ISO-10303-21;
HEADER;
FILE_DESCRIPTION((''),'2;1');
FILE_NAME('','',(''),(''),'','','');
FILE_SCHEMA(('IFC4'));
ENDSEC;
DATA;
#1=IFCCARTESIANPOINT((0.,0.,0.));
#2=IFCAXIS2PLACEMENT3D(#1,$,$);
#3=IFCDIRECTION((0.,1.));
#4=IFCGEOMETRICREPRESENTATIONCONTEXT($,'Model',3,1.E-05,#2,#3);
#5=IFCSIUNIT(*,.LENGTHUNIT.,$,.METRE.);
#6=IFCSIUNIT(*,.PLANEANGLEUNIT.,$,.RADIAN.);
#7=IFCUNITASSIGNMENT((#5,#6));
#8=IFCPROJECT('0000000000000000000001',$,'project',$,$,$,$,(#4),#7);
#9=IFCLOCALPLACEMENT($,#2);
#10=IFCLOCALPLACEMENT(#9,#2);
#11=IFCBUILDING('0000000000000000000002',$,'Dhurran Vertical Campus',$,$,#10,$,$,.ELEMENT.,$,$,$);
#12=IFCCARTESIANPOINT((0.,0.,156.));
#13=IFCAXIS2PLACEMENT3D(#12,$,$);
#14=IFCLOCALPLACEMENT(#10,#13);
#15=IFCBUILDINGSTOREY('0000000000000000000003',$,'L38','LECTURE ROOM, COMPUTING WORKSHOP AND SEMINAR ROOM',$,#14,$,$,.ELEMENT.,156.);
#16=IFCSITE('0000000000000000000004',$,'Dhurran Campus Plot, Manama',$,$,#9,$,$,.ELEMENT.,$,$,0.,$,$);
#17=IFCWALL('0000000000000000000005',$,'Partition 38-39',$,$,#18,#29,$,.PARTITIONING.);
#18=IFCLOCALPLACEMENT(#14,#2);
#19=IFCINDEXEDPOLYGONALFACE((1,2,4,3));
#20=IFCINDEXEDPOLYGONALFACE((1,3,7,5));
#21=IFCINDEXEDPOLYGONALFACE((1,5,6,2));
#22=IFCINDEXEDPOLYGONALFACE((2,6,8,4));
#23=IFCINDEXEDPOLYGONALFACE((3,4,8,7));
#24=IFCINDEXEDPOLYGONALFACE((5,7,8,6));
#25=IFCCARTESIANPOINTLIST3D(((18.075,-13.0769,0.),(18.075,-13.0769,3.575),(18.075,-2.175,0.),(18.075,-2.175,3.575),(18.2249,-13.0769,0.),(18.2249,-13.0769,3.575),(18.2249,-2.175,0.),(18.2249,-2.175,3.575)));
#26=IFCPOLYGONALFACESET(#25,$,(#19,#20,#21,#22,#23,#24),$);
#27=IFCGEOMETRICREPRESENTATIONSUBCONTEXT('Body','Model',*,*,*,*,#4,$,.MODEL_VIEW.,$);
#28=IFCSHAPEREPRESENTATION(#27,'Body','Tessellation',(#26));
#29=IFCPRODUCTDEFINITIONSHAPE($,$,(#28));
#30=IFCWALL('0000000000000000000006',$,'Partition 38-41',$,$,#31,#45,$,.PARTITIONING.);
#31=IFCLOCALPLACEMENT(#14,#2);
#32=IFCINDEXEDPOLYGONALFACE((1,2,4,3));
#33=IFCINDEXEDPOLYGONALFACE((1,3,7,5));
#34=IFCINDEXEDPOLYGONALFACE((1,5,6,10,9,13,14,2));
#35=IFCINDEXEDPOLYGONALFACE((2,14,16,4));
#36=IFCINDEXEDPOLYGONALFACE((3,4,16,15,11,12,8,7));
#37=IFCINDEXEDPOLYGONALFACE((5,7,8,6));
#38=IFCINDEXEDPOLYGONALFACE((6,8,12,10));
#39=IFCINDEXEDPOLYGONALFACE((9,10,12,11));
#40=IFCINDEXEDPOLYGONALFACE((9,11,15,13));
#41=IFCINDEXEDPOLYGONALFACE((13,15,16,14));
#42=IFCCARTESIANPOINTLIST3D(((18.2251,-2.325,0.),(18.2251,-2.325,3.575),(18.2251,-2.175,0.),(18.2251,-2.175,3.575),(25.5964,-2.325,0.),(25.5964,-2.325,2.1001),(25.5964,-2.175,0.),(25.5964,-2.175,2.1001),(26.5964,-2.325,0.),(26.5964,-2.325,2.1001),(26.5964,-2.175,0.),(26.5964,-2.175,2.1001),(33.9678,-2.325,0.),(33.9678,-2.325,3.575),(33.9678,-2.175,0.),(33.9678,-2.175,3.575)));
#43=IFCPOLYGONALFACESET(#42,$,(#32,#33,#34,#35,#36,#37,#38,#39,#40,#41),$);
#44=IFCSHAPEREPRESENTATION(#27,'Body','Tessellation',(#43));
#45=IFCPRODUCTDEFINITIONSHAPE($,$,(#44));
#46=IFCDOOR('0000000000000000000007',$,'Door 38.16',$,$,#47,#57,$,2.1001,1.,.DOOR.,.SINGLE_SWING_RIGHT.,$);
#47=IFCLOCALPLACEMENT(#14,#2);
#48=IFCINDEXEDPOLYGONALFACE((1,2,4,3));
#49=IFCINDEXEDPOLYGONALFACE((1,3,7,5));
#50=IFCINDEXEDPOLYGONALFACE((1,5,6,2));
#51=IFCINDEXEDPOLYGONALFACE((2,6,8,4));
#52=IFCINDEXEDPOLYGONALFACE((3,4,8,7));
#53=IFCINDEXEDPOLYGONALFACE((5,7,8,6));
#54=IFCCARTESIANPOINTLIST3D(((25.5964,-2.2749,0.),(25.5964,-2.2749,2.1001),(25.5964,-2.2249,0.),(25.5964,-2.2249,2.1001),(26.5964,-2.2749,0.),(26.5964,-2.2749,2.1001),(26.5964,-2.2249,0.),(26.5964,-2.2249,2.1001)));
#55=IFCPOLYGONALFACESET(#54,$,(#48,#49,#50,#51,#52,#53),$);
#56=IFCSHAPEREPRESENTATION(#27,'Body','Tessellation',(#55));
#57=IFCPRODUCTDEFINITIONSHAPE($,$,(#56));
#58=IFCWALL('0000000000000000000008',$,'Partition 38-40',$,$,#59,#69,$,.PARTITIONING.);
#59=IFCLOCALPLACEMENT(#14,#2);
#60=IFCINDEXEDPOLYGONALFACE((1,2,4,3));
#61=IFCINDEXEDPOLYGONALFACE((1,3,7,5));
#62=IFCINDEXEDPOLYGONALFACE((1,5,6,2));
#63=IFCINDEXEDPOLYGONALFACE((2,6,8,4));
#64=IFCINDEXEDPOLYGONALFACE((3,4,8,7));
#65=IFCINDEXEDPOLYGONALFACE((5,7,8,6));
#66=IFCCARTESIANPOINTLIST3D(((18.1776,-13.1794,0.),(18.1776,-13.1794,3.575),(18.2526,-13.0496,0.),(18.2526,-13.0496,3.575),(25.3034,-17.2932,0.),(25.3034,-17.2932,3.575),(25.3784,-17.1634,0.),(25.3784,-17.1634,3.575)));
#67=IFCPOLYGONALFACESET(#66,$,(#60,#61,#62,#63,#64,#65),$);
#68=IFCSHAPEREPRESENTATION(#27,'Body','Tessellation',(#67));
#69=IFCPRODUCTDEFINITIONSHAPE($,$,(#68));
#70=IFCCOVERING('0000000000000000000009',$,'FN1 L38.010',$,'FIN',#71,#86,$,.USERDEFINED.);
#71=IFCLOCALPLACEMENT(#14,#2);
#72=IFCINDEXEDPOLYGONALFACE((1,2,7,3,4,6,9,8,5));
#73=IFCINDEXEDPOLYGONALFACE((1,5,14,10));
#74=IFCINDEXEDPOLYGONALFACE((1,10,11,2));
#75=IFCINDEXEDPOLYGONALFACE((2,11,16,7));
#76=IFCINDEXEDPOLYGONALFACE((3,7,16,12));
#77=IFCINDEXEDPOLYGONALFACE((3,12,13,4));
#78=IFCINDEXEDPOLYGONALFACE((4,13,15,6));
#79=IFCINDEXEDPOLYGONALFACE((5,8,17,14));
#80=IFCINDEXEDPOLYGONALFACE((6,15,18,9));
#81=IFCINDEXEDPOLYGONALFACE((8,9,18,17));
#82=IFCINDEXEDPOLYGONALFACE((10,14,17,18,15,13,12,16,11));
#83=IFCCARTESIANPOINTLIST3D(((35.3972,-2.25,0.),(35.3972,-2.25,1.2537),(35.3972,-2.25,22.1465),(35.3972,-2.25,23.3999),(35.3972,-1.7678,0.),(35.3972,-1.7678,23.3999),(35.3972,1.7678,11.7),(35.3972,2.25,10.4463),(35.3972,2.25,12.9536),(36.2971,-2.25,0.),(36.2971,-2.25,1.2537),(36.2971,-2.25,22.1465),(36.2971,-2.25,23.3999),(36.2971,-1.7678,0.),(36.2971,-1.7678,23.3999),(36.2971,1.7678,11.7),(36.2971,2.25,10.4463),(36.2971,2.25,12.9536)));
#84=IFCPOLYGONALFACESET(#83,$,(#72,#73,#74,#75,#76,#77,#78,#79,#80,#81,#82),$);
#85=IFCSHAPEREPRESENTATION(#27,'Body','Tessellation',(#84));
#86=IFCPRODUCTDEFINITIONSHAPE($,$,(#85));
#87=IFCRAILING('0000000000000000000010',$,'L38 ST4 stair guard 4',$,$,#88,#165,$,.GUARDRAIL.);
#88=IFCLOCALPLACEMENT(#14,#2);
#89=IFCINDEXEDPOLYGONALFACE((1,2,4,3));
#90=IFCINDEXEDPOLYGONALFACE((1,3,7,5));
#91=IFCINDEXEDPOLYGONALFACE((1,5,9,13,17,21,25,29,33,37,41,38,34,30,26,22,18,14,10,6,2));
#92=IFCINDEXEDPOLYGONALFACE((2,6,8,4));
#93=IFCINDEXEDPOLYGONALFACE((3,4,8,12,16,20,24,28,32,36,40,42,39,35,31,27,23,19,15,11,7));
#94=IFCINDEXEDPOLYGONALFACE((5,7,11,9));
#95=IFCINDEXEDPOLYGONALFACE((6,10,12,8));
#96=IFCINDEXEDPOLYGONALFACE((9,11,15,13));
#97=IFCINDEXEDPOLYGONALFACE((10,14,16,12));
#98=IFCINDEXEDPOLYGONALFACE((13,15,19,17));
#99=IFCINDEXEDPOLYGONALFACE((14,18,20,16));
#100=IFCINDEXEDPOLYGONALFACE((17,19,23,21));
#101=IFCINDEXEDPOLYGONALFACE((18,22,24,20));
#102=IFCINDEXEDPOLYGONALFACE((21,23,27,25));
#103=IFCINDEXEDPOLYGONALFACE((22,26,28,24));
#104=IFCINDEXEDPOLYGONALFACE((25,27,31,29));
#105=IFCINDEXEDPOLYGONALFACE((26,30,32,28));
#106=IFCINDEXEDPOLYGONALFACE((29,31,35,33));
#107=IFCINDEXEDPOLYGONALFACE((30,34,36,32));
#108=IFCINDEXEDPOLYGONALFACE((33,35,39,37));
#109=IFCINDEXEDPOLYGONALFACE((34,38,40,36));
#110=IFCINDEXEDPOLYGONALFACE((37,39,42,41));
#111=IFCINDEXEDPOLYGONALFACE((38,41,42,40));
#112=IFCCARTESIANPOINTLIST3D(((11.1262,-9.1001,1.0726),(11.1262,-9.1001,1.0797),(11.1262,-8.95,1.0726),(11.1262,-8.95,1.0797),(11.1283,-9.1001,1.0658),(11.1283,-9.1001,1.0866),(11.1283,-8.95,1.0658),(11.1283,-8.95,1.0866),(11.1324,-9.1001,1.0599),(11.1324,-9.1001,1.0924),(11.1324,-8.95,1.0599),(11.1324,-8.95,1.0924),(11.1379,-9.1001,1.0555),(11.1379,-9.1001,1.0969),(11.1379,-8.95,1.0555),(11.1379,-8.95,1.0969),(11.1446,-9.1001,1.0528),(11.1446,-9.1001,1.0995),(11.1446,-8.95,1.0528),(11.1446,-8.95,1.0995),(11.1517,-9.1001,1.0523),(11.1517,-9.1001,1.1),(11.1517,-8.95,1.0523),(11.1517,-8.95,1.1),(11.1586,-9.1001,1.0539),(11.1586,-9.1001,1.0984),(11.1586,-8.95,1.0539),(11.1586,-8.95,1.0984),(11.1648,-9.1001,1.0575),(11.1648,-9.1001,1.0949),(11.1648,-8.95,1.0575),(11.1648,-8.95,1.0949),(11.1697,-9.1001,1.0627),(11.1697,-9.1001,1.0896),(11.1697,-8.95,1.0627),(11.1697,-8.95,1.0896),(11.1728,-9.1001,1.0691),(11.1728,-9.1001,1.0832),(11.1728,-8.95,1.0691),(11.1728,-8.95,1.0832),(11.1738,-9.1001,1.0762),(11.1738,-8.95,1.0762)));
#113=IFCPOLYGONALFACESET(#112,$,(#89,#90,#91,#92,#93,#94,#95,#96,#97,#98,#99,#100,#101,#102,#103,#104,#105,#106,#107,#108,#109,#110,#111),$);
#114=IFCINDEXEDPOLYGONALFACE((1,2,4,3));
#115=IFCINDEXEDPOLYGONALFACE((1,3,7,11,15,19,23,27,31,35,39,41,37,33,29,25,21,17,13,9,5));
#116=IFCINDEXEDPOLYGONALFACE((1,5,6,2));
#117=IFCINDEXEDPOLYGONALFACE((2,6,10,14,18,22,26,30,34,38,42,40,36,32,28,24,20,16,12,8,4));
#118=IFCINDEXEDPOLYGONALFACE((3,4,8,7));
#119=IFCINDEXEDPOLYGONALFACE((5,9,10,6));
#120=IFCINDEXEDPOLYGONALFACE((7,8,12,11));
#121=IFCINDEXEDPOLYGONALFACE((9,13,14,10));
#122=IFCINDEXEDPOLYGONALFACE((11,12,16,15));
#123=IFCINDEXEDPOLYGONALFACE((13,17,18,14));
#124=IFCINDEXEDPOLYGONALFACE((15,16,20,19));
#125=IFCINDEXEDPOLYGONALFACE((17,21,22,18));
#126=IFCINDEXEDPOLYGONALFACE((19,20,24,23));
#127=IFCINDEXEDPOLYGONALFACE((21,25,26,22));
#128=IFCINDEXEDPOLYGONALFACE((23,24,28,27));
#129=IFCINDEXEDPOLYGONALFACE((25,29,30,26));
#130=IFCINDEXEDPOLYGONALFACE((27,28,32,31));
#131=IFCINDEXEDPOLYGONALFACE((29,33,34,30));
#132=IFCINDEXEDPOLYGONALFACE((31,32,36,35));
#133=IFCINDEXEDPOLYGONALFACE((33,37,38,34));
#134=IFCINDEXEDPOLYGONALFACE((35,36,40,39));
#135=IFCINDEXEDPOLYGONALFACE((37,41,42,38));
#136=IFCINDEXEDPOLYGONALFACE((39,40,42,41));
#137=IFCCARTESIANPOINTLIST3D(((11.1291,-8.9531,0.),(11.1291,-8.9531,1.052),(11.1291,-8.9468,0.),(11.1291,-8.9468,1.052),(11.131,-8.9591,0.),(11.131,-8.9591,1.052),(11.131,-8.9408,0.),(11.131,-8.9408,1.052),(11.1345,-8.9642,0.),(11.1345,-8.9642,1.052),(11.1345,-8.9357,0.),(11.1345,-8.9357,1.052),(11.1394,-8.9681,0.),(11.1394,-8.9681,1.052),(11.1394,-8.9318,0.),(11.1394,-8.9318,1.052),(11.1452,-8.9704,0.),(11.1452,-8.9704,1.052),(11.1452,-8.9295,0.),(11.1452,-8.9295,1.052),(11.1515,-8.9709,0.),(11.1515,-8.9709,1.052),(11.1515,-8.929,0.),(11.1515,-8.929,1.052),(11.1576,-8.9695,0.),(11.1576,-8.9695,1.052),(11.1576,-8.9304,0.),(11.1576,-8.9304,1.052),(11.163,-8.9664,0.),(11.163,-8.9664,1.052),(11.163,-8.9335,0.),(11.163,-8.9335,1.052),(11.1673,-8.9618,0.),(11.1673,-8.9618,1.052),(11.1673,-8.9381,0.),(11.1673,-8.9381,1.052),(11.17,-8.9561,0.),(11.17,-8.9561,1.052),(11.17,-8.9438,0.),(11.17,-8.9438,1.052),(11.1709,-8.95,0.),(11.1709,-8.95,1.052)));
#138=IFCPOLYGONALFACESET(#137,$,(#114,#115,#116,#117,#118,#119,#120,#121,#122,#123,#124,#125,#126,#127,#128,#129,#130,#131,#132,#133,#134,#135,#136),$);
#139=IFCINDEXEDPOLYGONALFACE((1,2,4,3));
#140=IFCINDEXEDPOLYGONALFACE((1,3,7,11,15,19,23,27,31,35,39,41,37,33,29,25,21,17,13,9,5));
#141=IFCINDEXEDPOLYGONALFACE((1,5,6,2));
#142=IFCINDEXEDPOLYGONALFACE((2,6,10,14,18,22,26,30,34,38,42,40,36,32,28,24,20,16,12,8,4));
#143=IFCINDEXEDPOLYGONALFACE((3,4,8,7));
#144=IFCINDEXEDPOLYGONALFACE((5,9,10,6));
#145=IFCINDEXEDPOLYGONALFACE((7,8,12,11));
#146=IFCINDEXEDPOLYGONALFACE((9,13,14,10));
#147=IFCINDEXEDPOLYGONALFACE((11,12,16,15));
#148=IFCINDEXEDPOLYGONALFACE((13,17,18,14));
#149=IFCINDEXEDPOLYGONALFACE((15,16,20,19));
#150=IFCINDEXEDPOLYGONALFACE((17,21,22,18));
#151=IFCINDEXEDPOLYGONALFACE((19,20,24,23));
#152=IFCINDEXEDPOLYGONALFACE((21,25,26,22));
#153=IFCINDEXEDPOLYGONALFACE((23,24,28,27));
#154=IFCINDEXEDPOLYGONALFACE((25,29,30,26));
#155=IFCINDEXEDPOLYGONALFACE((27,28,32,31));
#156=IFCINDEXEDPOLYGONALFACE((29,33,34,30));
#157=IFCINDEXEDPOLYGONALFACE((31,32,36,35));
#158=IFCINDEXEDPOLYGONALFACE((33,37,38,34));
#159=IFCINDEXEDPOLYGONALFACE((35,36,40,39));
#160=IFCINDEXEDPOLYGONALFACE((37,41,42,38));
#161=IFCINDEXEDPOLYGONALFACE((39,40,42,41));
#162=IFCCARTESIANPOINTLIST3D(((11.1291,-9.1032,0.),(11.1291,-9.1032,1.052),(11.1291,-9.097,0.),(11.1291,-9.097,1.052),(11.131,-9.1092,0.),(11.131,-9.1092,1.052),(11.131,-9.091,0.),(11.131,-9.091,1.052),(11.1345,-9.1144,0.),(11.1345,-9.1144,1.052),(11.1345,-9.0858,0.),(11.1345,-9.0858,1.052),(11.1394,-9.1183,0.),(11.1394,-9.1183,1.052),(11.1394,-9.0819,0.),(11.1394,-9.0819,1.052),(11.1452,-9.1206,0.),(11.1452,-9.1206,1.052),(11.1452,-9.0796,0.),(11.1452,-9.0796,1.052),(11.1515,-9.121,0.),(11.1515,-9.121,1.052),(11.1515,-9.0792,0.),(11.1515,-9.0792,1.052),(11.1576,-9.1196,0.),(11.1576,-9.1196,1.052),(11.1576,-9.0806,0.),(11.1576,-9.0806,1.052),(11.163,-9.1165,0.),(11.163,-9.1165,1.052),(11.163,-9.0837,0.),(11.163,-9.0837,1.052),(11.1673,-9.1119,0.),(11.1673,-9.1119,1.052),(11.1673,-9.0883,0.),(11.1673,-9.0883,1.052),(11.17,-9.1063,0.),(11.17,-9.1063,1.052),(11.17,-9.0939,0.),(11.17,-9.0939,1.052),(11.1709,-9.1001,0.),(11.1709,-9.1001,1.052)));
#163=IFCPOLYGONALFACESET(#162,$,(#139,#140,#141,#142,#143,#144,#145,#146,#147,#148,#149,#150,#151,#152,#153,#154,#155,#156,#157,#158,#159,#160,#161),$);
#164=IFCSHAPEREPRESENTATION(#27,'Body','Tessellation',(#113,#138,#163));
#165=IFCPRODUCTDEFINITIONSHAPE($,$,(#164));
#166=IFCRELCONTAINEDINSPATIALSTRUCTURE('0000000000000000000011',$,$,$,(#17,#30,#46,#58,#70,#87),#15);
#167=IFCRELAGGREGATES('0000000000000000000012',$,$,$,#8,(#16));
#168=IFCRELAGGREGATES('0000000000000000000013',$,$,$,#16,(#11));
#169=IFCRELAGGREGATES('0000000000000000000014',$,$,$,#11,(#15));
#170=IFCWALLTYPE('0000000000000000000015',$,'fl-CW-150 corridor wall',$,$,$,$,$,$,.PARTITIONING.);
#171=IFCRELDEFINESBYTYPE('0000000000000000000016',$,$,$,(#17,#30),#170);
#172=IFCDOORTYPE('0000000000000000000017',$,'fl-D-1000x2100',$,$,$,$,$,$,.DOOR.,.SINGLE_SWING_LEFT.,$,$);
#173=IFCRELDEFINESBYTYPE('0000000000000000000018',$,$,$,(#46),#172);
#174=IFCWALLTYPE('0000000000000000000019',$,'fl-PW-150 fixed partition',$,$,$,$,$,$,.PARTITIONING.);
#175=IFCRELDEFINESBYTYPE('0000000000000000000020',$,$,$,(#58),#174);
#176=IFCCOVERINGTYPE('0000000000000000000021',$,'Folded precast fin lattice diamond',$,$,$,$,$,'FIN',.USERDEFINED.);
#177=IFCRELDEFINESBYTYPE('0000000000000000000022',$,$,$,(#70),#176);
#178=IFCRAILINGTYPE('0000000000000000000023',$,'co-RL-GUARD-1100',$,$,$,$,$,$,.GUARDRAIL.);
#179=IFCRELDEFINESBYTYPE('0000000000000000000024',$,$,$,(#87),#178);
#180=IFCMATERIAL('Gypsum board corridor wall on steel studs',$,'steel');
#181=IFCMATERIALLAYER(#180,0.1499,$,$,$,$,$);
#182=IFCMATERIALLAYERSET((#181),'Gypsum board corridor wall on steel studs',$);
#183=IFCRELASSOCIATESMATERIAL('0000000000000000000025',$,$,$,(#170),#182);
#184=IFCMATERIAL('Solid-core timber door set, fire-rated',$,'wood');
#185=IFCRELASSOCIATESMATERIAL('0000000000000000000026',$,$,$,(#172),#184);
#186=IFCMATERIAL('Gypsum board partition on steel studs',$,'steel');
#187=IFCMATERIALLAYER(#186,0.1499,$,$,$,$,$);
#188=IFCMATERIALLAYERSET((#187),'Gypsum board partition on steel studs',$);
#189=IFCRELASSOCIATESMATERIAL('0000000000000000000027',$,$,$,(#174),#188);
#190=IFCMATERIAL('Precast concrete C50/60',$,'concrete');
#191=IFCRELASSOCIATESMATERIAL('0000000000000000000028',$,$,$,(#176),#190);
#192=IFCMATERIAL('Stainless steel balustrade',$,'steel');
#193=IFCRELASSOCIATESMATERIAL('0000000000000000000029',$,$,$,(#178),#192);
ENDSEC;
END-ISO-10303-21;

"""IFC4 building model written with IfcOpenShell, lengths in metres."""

from ifc_helpers import new_model, si_unit, direction, frame, frame_2d, origin, origin_2d, place, context, subcontext, project, spatial, polyline, rectangle, circle, outline, extrude, material, layer, layer_set, type_object, element, fill, save


model = new_model("IFC4")

# Units and contexts
model_context = context("Model", 3, precision=1e-05, world=origin(), true_north=direction((0.0, 1.0)))
body_context = subcontext(model_context, "Body", "Model", "MODEL_VIEW")
ifc_project = project(units=[si_unit("LENGTHUNIT", "METRE"), si_unit("PLANEANGLEUNIT", "RADIAN")], contexts=[model_context])

# Site, building, storey
site_placement = place(None, origin())
site = spatial("IfcSite", under=ifc_project, at=site_placement, Name="Dhurran Campus Plot, Manama", CompositionType="ELEMENT", RefElevation=0.0)
building_placement = place(site_placement, origin())
building = spatial("IfcBuilding", under=site, at=building_placement, Name="Dhurran Vertical Campus", CompositionType="ELEMENT")
storey_placement = place(building_placement, frame((0.0, 0.0, 156.0)))
storey = spatial("IfcBuildingStorey", under=building, at=storey_placement, Name="L38", Description="LECTURE ROOM, COMPUTING WORKSHOP AND SEMINAR ROOM", CompositionType="ELEMENT", Elevation=156.0)

# Wall
ifc_material_1 = material(Name="Gypsum board corridor wall on steel studs", Category="steel")
ifc_layer_1 = layer(ifc_material_1, 0.1499)
ifc_layer_set_1 = layer_set([ifc_layer_1], Name="Gypsum board corridor wall on steel studs")
wall_type_1 = type_object("IfcWallType", Name="fl-CW-150 corridor wall", PredefinedType="PARTITIONING", material=ifc_layer_set_1)
wall_1_placement = place(storey_placement, frame((18.1499, -13.0769, 0.0), z_axis=(0.0, 0.0, 1.0), x_axis=(0.0, 1.0, 0.0)))
element("IfcWall", 1, at=wall_1_placement, inside=storey, type_object=wall_type_1, Name="Partition 38-39", PredefinedType="PARTITIONING", context=body_context, shape_type="SweptSolid", body=[
    extrude(rectangle(XDim=10.9019, YDim=0.1499, at=frame_2d((5.4509, 0.0))), origin(), (0.0, 0.0, 1.0), 3.575),
])

# Wall, opening, door
wall_2_placement = place(storey_placement, frame((33.9678, -2.25, 0.0), z_axis=(0.0, 0.0, 1.0), x_axis=(-1.0, 0.0, 0.0)))
wall_2 = element("IfcWall", 2, at=wall_2_placement, inside=storey, type_object=wall_type_1, Name="Partition 38-41", PredefinedType="PARTITIONING", context=body_context, shape_type="SweptSolid", body=[
    extrude(rectangle(XDim=15.7427, YDim=0.1499, at=frame_2d((7.8713, 0.0))), origin(), (0.0, 0.0, 1.0), 3.575),
])
opening_1_placement = place(wall_2_placement, frame((7.3713, 0.0, 0.0)))
opening_1 = element("IfcOpeningElement", 3, at=opening_1_placement, cuts=wall_2, PredefinedType="OPENING", context=body_context, shape_type="SweptSolid", body=[
    extrude(rectangle(XDim=1.0, YDim=2.1001, at=frame_2d((0.5, 1.05))), frame((0.0, 0.085, 0.0), z_axis=(0.0, -1.0, 0.0), x_axis=(1.0, 0.0, 0.0)), (0.0, 0.0, 1.0), 0.1699),
])
ifc_material_2 = material(Name="Solid-core timber door set, fire-rated", Category="wood")
door_type_1 = type_object("IfcDoorType", Name="fl-D-1000x2100", OperationType="SINGLE_SWING_LEFT", PredefinedType="DOOR", material=ifc_material_2)
door_1_placement = place(opening_1_placement, origin())
door_1 = element("IfcDoor", 4, at=door_1_placement, inside=storey, type_object=door_type_1, Name="Door 38.16", OperationType="SINGLE_SWING_RIGHT", OverallHeight=2.1001, OverallWidth=1.0, PredefinedType="DOOR", context=body_context, shape_type="SweptSolid", body=[
    extrude(rectangle(XDim=1.0, YDim=2.1001, at=frame_2d((0.5, 1.05))), frame((0.0, 0.0249, 0.0), z_axis=(0.0, -1.0, 0.0), x_axis=(1.0, 0.0, 0.0)), (0.0, 0.0, 1.0), 0.05),
])
fill(opening_1, door_1)

# Wall
ifc_material_3 = material(Name="Gypsum board partition on steel studs", Category="steel")
ifc_layer_2 = layer(ifc_material_3, 0.1499)
ifc_layer_set_2 = layer_set([ifc_layer_2], Name="Gypsum board partition on steel studs")
wall_type_2 = type_object("IfcWallType", Name="fl-PW-150 fixed partition", PredefinedType="PARTITIONING", material=ifc_layer_set_2)
wall_3_placement = place(storey_placement, frame((18.2151, -13.1145, 0.0), z_axis=(0.0, 0.0, 1.0), x_axis=(0.86604, -0.499975, 0.0)))
element("IfcWall", 5, at=wall_3_placement, inside=storey, type_object=wall_type_2, Name="Partition 38-40", PredefinedType="PARTITIONING", context=body_context, shape_type="SweptSolid", body=[
    extrude(rectangle(XDim=8.228, YDim=0.1499, at=frame_2d((4.114, 0.0))), origin(), (0.0, 0.0, 1.0), 3.575),
])

# Covering
ifc_material_4 = material(Name="Precast concrete C50/60", Category="concrete")
covering_type = type_object("IfcCoveringType", Name="Folded precast fin lattice diamond", ElementType="FIN", PredefinedType="USERDEFINED", material=ifc_material_4)
covering_1_placement = place(storey_placement, frame((35.3972, -2.25, 0.0), z_axis=(1.0, 0.0, 0.0), x_axis=(0.0, 1.0, 0.0)))
element("IfcCovering", 6, at=covering_1_placement, inside=storey, type_object=covering_type, Name="FN1 L38.010", ObjectType="FIN", PredefinedType="USERDEFINED", context=body_context, shape_type="SweptSolid", body=[
    extrude(outline(polyline([(4.5, 10.4463), (0.4822, 0.0), (0.0, 0.0), (0.0, 1.2537), (4.0178, 11.7), (0.0, 22.1465), (0.0, 23.3999), (0.4822, 23.3999), (4.5, 12.9536), (4.5, 10.4463)])), origin(), (0.0, 0.0, 1.0), 0.8999),
])

# Railing
ifc_material_5 = material(Name="Stainless steel balustrade", Category="steel")
railing_type = type_object("IfcRailingType", Name="co-RL-GUARD-1100", PredefinedType="GUARDRAIL", material=ifc_material_5)
railing_placement = place(storey_placement, frame((11.1499, -8.95, 0.0)))
element("IfcRailing", 7, at=railing_placement, inside=storey, type_object=railing_type, Name="L38 ST4 stair guard 4", PredefinedType="GUARDRAIL", context=body_context, shape_type="SweptSolid", body=[
    extrude(circle(Radius=0.0239, at=origin_2d()), frame((0.0, 0.0, 1.0762), z_axis=(0.0, -1.0, 0.0), x_axis=(1.0, 0.0, 0.0)), (0.0, 0.0, 1.0), 0.1501),
    extrude(circle(Radius=0.021, at=origin_2d()), origin(), (0.0, 0.0, 1.0), 1.052),
    extrude(circle(Radius=0.021, at=origin_2d()), frame((0.0, -0.1501, 0.0)), (0.0, 0.0, 1.0), 1.052),
])

save(model, "model.ifc")
